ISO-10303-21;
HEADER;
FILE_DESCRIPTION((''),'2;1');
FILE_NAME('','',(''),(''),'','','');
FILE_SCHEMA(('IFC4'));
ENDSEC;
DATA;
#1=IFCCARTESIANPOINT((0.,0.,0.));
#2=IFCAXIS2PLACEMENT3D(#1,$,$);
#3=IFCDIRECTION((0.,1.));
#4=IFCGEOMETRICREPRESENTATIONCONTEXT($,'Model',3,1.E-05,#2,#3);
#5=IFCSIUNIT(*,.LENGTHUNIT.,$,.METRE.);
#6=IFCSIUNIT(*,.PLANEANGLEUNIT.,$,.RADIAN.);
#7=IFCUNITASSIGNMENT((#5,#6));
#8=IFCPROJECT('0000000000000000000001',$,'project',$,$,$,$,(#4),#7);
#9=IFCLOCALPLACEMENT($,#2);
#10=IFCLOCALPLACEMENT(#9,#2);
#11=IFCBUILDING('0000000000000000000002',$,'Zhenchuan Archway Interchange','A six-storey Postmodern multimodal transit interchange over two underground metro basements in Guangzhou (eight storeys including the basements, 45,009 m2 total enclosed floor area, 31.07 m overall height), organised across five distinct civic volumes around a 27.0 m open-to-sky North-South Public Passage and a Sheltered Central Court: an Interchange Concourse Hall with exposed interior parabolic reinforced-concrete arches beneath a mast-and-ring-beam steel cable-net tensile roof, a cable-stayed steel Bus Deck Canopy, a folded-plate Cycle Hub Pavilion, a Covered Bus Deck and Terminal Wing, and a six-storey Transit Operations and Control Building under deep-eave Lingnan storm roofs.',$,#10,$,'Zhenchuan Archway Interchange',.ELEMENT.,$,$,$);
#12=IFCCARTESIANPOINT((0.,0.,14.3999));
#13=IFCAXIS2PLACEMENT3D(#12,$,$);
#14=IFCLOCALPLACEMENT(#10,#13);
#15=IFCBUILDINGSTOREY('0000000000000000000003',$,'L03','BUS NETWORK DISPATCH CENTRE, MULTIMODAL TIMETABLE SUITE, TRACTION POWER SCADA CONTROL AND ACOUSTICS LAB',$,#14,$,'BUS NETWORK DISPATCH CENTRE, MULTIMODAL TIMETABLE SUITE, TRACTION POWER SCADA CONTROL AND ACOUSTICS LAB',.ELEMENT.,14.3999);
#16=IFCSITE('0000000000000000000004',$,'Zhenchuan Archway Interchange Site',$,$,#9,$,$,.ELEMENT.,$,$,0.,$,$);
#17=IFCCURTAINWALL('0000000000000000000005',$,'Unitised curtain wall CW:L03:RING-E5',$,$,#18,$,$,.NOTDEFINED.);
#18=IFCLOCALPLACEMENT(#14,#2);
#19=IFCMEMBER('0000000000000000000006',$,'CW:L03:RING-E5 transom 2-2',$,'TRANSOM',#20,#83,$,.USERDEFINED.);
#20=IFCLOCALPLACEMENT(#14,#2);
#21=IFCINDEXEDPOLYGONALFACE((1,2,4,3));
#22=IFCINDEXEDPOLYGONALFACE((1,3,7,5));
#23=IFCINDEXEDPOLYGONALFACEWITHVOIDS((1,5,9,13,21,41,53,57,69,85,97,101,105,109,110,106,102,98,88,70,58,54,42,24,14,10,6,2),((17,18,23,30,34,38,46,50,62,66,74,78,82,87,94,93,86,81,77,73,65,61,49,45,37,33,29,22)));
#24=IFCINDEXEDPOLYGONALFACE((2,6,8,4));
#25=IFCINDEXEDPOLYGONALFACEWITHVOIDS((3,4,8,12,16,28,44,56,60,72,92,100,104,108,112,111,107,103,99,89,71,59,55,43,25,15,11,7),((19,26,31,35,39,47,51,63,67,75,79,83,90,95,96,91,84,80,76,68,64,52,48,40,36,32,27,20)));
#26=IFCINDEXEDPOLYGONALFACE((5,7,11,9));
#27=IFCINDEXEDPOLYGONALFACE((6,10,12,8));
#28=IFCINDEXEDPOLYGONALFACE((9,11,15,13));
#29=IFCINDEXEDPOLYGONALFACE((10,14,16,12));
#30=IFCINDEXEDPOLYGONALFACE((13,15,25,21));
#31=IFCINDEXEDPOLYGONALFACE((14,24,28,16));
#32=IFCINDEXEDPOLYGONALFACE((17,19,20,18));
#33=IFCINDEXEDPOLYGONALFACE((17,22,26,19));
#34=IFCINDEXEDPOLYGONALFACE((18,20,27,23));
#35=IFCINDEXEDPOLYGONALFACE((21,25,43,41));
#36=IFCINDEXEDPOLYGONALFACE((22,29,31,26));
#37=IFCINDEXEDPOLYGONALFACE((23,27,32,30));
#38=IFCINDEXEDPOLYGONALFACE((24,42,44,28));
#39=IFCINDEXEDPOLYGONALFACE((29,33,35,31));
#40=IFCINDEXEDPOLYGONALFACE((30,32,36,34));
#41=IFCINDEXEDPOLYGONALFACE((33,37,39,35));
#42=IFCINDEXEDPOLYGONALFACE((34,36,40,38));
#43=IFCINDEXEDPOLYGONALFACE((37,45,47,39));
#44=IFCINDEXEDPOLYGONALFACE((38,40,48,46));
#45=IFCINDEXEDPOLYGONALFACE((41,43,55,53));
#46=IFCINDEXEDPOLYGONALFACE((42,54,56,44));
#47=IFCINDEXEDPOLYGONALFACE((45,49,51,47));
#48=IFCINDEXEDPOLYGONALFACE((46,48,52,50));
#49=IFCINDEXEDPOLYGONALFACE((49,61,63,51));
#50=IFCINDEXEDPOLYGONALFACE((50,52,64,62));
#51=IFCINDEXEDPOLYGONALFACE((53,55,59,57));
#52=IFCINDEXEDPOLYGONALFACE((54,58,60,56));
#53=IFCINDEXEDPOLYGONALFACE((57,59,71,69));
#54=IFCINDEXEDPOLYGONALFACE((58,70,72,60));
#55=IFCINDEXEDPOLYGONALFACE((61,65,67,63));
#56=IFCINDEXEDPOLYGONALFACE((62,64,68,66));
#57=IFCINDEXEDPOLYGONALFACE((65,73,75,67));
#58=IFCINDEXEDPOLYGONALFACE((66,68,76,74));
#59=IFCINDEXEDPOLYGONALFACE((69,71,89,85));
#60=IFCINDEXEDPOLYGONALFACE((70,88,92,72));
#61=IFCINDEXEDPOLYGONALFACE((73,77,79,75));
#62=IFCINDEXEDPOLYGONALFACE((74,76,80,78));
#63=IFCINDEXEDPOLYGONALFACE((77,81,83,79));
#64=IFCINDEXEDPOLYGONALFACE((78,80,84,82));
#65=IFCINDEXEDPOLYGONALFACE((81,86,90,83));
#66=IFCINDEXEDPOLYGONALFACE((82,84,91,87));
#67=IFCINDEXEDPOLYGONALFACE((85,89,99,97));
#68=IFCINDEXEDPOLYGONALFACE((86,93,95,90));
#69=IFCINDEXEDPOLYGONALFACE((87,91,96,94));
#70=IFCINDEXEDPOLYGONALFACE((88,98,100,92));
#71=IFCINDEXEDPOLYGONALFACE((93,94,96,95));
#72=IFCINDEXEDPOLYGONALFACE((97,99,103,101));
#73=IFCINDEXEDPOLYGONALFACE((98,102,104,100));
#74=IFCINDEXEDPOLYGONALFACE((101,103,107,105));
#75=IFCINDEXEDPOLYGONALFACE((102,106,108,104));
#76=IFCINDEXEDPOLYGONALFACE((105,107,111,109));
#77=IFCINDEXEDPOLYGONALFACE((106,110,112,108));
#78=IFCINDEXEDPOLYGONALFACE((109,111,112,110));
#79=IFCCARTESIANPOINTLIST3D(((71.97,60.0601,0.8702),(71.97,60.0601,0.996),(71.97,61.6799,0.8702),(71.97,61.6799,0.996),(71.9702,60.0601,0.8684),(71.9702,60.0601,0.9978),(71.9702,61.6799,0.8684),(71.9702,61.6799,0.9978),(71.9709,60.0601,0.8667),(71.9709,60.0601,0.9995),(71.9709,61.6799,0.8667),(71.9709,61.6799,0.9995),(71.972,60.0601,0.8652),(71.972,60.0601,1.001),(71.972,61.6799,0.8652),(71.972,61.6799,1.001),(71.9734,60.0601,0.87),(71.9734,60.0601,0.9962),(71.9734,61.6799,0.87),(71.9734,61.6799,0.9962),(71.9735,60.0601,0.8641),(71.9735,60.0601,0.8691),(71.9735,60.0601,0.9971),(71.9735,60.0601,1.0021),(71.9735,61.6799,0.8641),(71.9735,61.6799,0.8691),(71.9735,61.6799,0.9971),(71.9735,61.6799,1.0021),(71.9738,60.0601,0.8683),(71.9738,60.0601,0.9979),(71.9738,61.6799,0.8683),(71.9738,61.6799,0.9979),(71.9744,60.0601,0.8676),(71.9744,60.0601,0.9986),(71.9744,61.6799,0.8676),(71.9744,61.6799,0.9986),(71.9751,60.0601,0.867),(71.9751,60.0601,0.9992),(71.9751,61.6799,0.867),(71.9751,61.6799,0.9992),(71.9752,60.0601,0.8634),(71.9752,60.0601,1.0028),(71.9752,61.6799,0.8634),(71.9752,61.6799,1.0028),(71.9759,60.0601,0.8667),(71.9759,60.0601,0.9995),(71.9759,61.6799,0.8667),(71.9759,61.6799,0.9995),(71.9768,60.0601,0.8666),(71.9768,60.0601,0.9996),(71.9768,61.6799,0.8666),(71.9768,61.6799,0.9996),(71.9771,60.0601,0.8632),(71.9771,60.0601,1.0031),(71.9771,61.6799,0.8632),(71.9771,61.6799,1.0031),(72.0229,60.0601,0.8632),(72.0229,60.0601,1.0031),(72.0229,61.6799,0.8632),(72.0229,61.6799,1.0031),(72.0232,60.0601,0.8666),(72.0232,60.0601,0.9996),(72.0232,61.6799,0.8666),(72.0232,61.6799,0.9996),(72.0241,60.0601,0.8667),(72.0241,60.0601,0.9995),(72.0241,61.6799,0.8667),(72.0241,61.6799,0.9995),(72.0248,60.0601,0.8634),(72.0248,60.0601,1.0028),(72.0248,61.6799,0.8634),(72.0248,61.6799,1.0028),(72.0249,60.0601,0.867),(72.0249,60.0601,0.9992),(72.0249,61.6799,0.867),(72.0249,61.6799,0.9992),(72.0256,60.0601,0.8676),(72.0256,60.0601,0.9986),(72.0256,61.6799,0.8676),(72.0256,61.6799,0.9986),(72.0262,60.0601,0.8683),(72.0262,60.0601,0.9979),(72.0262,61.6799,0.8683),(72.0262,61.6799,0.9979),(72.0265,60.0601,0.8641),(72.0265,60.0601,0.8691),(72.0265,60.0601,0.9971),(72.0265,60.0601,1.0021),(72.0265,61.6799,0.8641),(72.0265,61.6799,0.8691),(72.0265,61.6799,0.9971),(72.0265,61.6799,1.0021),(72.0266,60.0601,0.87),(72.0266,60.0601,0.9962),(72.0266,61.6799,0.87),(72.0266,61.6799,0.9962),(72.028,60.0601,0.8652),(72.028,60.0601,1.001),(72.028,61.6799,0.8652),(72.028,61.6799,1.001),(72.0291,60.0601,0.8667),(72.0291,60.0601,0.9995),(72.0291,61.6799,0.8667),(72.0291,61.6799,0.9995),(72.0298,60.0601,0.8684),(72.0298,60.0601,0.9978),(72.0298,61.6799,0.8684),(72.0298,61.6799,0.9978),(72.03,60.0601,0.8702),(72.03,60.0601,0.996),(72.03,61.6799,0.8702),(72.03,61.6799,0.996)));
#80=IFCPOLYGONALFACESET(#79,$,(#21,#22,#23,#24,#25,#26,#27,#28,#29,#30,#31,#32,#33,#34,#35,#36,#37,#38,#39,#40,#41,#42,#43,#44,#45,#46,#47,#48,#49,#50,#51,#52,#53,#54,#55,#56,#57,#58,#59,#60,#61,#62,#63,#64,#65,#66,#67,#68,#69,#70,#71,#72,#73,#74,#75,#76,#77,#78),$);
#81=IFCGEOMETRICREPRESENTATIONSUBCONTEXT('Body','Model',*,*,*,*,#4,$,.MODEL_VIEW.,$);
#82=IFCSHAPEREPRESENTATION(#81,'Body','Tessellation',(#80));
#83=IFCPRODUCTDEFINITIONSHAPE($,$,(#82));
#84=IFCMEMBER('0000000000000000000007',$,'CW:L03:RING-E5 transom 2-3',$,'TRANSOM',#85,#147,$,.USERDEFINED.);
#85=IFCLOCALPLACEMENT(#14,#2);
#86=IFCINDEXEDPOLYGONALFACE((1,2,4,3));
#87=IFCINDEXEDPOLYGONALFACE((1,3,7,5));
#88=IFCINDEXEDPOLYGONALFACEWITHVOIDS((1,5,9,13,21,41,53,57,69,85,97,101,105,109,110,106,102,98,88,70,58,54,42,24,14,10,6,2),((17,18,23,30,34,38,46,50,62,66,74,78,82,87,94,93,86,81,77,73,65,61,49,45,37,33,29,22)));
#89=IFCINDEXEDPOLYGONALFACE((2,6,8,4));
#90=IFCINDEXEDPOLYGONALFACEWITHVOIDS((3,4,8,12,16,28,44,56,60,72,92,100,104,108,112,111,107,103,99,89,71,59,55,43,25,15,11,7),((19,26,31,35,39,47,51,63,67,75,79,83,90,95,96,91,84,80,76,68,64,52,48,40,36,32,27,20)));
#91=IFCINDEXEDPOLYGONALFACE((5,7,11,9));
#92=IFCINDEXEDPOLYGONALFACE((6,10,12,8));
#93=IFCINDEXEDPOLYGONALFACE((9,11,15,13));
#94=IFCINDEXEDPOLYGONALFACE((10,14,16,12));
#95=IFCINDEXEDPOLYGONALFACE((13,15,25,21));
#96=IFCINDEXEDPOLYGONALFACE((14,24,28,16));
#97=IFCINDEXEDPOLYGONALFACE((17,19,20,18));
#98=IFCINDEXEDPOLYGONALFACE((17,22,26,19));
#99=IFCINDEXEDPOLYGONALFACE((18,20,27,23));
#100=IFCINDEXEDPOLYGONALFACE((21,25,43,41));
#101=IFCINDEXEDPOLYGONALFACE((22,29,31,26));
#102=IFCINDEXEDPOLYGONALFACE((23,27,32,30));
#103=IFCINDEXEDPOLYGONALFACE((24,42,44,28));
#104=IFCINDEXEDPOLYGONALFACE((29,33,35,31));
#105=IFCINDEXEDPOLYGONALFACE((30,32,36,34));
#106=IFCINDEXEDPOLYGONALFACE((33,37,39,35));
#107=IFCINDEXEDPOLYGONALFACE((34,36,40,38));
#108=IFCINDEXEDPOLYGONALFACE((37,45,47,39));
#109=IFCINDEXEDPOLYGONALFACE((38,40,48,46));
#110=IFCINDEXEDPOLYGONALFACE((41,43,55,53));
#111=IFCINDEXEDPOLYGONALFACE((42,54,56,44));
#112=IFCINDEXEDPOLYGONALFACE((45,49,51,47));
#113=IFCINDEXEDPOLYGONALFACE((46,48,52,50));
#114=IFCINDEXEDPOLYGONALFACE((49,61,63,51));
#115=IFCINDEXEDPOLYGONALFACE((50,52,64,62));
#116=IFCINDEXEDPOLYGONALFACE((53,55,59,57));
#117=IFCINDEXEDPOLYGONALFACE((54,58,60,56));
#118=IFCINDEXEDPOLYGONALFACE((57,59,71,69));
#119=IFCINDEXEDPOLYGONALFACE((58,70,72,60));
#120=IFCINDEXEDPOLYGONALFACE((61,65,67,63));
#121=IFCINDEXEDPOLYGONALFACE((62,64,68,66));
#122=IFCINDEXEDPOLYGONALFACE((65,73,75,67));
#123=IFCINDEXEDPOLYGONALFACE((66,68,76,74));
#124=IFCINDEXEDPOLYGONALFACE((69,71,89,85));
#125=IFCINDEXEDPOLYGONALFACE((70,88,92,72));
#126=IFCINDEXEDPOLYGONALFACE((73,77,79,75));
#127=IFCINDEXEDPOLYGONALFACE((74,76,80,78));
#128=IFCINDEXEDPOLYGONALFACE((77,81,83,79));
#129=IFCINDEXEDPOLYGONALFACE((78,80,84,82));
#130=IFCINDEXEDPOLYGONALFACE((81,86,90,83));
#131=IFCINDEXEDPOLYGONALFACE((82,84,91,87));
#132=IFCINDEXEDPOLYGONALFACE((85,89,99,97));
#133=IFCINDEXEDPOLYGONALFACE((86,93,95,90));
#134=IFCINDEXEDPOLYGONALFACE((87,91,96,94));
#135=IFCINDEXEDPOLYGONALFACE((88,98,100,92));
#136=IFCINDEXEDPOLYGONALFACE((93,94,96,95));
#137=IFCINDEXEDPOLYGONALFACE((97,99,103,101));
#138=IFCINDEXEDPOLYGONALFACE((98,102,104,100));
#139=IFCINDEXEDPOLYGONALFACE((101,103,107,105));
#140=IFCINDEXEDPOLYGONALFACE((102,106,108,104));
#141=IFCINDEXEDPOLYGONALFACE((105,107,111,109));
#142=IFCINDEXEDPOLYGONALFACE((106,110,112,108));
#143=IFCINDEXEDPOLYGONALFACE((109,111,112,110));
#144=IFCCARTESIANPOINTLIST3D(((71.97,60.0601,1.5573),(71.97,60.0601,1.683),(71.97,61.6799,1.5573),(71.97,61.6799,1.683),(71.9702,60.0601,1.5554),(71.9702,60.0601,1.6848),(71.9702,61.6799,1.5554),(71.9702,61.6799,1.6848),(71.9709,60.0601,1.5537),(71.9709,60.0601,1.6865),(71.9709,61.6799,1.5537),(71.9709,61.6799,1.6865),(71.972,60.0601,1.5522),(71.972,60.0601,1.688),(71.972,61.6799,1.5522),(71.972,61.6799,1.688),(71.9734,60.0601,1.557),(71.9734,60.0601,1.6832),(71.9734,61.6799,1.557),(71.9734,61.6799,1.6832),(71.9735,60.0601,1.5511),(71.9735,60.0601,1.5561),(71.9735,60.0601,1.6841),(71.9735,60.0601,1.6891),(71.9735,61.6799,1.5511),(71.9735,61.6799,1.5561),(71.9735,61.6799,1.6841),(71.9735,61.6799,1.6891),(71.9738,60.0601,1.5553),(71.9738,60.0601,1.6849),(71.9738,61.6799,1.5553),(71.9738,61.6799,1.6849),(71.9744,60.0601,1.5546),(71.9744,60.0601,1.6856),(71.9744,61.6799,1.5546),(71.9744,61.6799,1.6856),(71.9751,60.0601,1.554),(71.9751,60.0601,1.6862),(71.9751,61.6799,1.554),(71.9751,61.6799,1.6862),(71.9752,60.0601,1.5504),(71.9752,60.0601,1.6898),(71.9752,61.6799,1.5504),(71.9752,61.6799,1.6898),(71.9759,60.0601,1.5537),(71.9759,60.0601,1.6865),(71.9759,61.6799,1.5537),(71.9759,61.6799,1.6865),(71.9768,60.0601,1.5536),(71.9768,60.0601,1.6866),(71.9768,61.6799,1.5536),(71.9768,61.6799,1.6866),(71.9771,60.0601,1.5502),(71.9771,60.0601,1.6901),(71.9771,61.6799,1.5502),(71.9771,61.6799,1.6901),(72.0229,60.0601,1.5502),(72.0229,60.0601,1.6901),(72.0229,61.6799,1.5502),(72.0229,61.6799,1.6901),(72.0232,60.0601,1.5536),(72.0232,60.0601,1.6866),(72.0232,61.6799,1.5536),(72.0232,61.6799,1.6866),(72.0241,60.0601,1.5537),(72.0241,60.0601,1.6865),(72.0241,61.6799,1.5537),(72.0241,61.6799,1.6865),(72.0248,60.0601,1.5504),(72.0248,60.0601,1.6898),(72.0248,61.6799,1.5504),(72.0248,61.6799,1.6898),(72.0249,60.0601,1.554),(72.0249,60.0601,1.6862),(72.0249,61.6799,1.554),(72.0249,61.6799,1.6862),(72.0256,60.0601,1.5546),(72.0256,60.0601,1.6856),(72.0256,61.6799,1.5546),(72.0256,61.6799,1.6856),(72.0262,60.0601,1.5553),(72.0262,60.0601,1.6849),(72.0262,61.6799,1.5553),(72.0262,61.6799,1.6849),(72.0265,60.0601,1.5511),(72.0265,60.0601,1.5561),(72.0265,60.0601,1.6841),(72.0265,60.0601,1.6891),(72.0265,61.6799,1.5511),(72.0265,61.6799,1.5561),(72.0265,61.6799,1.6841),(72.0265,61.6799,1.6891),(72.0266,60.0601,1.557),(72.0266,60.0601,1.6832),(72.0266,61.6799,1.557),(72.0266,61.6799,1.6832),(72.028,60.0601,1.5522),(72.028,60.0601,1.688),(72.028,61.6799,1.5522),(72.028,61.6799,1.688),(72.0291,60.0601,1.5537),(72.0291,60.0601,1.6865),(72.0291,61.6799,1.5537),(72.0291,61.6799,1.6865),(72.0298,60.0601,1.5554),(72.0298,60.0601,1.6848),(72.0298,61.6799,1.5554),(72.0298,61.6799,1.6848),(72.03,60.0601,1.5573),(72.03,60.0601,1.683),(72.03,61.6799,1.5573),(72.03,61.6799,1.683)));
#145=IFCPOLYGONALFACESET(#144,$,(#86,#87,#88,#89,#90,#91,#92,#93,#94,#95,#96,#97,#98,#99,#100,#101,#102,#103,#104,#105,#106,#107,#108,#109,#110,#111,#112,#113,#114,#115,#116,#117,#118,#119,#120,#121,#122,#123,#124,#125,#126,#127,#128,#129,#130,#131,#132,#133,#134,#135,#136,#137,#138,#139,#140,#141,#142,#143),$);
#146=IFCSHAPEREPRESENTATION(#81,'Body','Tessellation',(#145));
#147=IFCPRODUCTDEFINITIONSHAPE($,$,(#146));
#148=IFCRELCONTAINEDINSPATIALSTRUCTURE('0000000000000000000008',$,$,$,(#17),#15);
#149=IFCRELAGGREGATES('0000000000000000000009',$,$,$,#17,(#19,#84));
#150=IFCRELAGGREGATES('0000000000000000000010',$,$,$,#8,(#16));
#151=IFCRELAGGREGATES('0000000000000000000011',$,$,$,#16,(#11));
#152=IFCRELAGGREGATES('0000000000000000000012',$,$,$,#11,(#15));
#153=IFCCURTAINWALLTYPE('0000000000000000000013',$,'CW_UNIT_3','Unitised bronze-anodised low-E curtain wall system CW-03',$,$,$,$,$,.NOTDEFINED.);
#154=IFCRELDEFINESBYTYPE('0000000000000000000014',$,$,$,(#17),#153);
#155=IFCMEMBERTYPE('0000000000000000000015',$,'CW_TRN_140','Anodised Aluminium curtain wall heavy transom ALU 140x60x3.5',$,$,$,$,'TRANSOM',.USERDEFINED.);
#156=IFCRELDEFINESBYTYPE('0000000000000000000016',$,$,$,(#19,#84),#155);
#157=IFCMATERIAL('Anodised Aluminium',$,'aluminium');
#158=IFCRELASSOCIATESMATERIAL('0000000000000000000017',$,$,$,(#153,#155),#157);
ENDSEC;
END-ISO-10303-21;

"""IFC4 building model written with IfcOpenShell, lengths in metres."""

from ifc_helpers import new_model, si_unit, direction, frame, origin, origin_2d, place, context, subcontext, project, spatial, hollow_rectangle, extrude, material, material_profile, profile_set, type_object, element, aggregate, save


model = new_model("IFC4")

# Units and contexts
model_context = context("Model", 3, precision=1e-05, world=origin(), true_north=direction((0.0, 1.0)))
body_context = subcontext(model_context, "Body", "Model", "MODEL_VIEW")
ifc_project = project(units=[si_unit("LENGTHUNIT", "METRE"), si_unit("PLANEANGLEUNIT", "RADIAN")], contexts=[model_context])

# Site, building, storey
site_placement = place(None, origin())
site = spatial("IfcSite", under=ifc_project, at=site_placement, Name="Zhenchuan Archway Interchange Site", CompositionType="ELEMENT", RefElevation=0.0)
building_placement = place(site_placement, origin())
building = spatial("IfcBuilding", under=site, at=building_placement, Name="Zhenchuan Archway Interchange", Description="A six-storey Postmodern multimodal transit interchange over two underground metro basements in Guangzhou (eight storeys including the basements, 45,009 m2 total enclosed floor area, 31.07 m overall height), organised across five distinct civic volumes around a 27.0 m open-to-sky North-South Public Passage and a Sheltered Central Court: an Interchange Concourse Hall with exposed interior parabolic reinforced-concrete arches beneath a mast-and-ring-beam steel cable-net tensile roof, a cable-stayed steel Bus Deck Canopy, a folded-plate Cycle Hub Pavilion, a Covered Bus Deck and Terminal Wing, and a six-storey Transit Operations and Control Building under deep-eave Lingnan storm roofs.", LongName="Zhenchuan Archway Interchange", CompositionType="ELEMENT")
storey_placement = place(building_placement, frame((0.0, 0.0, 14.3999)))
storey = spatial("IfcBuildingStorey", under=building, at=storey_placement, Name="L03", Description="BUS NETWORK DISPATCH CENTRE, MULTIMODAL TIMETABLE SUITE, TRACTION POWER SCADA CONTROL AND ACOUSTICS LAB", LongName="BUS NETWORK DISPATCH CENTRE, MULTIMODAL TIMETABLE SUITE, TRACTION POWER SCADA CONTROL AND ACOUSTICS LAB", CompositionType="ELEMENT", Elevation=14.3999)

# Curtain wall
ifc_material_1 = material(Name="Anodised Aluminium", Category="aluminium")
curtain_wall_type = type_object("IfcCurtainWallType", Name="CW_UNIT_3", Description="Unitised bronze-anodised low-E curtain wall system CW-03", PredefinedType="NOTDEFINED", material=ifc_material_1)
curtain_wall_1_placement = place(storey_placement, origin())
curtain_wall_1 = element("IfcCurtainWall", 1, at=curtain_wall_1_placement, inside=storey, type_object=curtain_wall_type, Name="Unitised curtain wall CW:L03:RING-E5", PredefinedType="NOTDEFINED")

# Members
ifc_material_profile_1 = material_profile(ifc_material_1, hollow_rectangle(XDim=0.0601, YDim=0.1399, WallThickness=0.0034, InnerFilletRadius=0.0034, OuterFilletRadius=0.0071, at=origin_2d()), Name="ALU 140x60x3.5")
ifc_profile_set_1 = profile_set([ifc_material_profile_1], Name="Anodised Aluminium")
member_type_1 = type_object("IfcMemberType", Name="CW_TRN_140", Description="Anodised Aluminium curtain wall heavy transom ALU 140x60x3.5", ElementType="TRANSOM", PredefinedType="USERDEFINED", material=ifc_profile_set_1)
member_1_placement = place(storey_placement, frame((72.0, 60.0601, 0.9331), z_axis=(0.0, 1.0, 0.0), x_axis=(-1.0, 0.0, 0.0)))
member_1 = element("IfcMember", 2, at=member_1_placement, type_object=member_type_1, Name="CW:L03:RING-E5 transom 2-2", ObjectType="TRANSOM", PredefinedType="USERDEFINED", context=body_context, shape_type="SweptSolid", body=[
    extrude(hollow_rectangle(XDim=0.0601, YDim=0.1399, WallThickness=0.0034, InnerFilletRadius=0.0034, OuterFilletRadius=0.0071, at=origin_2d()), origin(), (0.0, 0.0, 1.0), 1.6199),
])
member_2_placement = place(storey_placement, frame((72.0, 60.0601, 1.6201), z_axis=(0.0, 1.0, 0.0), x_axis=(-1.0, 0.0, 0.0)))
member_2 = element("IfcMember", 3, at=member_2_placement, type_object=member_type_1, Name="CW:L03:RING-E5 transom 2-3", ObjectType="TRANSOM", PredefinedType="USERDEFINED", context=body_context, shape_type="SweptSolid", body=[
    extrude(hollow_rectangle(XDim=0.0601, YDim=0.1399, WallThickness=0.0034, InnerFilletRadius=0.0034, OuterFilletRadius=0.0071, at=origin_2d()), origin(), (0.0, 0.0, 1.0), 1.6199),
])

aggregate(curtain_wall_1, [member_1, member_2])

save(model, "model.ifc")
